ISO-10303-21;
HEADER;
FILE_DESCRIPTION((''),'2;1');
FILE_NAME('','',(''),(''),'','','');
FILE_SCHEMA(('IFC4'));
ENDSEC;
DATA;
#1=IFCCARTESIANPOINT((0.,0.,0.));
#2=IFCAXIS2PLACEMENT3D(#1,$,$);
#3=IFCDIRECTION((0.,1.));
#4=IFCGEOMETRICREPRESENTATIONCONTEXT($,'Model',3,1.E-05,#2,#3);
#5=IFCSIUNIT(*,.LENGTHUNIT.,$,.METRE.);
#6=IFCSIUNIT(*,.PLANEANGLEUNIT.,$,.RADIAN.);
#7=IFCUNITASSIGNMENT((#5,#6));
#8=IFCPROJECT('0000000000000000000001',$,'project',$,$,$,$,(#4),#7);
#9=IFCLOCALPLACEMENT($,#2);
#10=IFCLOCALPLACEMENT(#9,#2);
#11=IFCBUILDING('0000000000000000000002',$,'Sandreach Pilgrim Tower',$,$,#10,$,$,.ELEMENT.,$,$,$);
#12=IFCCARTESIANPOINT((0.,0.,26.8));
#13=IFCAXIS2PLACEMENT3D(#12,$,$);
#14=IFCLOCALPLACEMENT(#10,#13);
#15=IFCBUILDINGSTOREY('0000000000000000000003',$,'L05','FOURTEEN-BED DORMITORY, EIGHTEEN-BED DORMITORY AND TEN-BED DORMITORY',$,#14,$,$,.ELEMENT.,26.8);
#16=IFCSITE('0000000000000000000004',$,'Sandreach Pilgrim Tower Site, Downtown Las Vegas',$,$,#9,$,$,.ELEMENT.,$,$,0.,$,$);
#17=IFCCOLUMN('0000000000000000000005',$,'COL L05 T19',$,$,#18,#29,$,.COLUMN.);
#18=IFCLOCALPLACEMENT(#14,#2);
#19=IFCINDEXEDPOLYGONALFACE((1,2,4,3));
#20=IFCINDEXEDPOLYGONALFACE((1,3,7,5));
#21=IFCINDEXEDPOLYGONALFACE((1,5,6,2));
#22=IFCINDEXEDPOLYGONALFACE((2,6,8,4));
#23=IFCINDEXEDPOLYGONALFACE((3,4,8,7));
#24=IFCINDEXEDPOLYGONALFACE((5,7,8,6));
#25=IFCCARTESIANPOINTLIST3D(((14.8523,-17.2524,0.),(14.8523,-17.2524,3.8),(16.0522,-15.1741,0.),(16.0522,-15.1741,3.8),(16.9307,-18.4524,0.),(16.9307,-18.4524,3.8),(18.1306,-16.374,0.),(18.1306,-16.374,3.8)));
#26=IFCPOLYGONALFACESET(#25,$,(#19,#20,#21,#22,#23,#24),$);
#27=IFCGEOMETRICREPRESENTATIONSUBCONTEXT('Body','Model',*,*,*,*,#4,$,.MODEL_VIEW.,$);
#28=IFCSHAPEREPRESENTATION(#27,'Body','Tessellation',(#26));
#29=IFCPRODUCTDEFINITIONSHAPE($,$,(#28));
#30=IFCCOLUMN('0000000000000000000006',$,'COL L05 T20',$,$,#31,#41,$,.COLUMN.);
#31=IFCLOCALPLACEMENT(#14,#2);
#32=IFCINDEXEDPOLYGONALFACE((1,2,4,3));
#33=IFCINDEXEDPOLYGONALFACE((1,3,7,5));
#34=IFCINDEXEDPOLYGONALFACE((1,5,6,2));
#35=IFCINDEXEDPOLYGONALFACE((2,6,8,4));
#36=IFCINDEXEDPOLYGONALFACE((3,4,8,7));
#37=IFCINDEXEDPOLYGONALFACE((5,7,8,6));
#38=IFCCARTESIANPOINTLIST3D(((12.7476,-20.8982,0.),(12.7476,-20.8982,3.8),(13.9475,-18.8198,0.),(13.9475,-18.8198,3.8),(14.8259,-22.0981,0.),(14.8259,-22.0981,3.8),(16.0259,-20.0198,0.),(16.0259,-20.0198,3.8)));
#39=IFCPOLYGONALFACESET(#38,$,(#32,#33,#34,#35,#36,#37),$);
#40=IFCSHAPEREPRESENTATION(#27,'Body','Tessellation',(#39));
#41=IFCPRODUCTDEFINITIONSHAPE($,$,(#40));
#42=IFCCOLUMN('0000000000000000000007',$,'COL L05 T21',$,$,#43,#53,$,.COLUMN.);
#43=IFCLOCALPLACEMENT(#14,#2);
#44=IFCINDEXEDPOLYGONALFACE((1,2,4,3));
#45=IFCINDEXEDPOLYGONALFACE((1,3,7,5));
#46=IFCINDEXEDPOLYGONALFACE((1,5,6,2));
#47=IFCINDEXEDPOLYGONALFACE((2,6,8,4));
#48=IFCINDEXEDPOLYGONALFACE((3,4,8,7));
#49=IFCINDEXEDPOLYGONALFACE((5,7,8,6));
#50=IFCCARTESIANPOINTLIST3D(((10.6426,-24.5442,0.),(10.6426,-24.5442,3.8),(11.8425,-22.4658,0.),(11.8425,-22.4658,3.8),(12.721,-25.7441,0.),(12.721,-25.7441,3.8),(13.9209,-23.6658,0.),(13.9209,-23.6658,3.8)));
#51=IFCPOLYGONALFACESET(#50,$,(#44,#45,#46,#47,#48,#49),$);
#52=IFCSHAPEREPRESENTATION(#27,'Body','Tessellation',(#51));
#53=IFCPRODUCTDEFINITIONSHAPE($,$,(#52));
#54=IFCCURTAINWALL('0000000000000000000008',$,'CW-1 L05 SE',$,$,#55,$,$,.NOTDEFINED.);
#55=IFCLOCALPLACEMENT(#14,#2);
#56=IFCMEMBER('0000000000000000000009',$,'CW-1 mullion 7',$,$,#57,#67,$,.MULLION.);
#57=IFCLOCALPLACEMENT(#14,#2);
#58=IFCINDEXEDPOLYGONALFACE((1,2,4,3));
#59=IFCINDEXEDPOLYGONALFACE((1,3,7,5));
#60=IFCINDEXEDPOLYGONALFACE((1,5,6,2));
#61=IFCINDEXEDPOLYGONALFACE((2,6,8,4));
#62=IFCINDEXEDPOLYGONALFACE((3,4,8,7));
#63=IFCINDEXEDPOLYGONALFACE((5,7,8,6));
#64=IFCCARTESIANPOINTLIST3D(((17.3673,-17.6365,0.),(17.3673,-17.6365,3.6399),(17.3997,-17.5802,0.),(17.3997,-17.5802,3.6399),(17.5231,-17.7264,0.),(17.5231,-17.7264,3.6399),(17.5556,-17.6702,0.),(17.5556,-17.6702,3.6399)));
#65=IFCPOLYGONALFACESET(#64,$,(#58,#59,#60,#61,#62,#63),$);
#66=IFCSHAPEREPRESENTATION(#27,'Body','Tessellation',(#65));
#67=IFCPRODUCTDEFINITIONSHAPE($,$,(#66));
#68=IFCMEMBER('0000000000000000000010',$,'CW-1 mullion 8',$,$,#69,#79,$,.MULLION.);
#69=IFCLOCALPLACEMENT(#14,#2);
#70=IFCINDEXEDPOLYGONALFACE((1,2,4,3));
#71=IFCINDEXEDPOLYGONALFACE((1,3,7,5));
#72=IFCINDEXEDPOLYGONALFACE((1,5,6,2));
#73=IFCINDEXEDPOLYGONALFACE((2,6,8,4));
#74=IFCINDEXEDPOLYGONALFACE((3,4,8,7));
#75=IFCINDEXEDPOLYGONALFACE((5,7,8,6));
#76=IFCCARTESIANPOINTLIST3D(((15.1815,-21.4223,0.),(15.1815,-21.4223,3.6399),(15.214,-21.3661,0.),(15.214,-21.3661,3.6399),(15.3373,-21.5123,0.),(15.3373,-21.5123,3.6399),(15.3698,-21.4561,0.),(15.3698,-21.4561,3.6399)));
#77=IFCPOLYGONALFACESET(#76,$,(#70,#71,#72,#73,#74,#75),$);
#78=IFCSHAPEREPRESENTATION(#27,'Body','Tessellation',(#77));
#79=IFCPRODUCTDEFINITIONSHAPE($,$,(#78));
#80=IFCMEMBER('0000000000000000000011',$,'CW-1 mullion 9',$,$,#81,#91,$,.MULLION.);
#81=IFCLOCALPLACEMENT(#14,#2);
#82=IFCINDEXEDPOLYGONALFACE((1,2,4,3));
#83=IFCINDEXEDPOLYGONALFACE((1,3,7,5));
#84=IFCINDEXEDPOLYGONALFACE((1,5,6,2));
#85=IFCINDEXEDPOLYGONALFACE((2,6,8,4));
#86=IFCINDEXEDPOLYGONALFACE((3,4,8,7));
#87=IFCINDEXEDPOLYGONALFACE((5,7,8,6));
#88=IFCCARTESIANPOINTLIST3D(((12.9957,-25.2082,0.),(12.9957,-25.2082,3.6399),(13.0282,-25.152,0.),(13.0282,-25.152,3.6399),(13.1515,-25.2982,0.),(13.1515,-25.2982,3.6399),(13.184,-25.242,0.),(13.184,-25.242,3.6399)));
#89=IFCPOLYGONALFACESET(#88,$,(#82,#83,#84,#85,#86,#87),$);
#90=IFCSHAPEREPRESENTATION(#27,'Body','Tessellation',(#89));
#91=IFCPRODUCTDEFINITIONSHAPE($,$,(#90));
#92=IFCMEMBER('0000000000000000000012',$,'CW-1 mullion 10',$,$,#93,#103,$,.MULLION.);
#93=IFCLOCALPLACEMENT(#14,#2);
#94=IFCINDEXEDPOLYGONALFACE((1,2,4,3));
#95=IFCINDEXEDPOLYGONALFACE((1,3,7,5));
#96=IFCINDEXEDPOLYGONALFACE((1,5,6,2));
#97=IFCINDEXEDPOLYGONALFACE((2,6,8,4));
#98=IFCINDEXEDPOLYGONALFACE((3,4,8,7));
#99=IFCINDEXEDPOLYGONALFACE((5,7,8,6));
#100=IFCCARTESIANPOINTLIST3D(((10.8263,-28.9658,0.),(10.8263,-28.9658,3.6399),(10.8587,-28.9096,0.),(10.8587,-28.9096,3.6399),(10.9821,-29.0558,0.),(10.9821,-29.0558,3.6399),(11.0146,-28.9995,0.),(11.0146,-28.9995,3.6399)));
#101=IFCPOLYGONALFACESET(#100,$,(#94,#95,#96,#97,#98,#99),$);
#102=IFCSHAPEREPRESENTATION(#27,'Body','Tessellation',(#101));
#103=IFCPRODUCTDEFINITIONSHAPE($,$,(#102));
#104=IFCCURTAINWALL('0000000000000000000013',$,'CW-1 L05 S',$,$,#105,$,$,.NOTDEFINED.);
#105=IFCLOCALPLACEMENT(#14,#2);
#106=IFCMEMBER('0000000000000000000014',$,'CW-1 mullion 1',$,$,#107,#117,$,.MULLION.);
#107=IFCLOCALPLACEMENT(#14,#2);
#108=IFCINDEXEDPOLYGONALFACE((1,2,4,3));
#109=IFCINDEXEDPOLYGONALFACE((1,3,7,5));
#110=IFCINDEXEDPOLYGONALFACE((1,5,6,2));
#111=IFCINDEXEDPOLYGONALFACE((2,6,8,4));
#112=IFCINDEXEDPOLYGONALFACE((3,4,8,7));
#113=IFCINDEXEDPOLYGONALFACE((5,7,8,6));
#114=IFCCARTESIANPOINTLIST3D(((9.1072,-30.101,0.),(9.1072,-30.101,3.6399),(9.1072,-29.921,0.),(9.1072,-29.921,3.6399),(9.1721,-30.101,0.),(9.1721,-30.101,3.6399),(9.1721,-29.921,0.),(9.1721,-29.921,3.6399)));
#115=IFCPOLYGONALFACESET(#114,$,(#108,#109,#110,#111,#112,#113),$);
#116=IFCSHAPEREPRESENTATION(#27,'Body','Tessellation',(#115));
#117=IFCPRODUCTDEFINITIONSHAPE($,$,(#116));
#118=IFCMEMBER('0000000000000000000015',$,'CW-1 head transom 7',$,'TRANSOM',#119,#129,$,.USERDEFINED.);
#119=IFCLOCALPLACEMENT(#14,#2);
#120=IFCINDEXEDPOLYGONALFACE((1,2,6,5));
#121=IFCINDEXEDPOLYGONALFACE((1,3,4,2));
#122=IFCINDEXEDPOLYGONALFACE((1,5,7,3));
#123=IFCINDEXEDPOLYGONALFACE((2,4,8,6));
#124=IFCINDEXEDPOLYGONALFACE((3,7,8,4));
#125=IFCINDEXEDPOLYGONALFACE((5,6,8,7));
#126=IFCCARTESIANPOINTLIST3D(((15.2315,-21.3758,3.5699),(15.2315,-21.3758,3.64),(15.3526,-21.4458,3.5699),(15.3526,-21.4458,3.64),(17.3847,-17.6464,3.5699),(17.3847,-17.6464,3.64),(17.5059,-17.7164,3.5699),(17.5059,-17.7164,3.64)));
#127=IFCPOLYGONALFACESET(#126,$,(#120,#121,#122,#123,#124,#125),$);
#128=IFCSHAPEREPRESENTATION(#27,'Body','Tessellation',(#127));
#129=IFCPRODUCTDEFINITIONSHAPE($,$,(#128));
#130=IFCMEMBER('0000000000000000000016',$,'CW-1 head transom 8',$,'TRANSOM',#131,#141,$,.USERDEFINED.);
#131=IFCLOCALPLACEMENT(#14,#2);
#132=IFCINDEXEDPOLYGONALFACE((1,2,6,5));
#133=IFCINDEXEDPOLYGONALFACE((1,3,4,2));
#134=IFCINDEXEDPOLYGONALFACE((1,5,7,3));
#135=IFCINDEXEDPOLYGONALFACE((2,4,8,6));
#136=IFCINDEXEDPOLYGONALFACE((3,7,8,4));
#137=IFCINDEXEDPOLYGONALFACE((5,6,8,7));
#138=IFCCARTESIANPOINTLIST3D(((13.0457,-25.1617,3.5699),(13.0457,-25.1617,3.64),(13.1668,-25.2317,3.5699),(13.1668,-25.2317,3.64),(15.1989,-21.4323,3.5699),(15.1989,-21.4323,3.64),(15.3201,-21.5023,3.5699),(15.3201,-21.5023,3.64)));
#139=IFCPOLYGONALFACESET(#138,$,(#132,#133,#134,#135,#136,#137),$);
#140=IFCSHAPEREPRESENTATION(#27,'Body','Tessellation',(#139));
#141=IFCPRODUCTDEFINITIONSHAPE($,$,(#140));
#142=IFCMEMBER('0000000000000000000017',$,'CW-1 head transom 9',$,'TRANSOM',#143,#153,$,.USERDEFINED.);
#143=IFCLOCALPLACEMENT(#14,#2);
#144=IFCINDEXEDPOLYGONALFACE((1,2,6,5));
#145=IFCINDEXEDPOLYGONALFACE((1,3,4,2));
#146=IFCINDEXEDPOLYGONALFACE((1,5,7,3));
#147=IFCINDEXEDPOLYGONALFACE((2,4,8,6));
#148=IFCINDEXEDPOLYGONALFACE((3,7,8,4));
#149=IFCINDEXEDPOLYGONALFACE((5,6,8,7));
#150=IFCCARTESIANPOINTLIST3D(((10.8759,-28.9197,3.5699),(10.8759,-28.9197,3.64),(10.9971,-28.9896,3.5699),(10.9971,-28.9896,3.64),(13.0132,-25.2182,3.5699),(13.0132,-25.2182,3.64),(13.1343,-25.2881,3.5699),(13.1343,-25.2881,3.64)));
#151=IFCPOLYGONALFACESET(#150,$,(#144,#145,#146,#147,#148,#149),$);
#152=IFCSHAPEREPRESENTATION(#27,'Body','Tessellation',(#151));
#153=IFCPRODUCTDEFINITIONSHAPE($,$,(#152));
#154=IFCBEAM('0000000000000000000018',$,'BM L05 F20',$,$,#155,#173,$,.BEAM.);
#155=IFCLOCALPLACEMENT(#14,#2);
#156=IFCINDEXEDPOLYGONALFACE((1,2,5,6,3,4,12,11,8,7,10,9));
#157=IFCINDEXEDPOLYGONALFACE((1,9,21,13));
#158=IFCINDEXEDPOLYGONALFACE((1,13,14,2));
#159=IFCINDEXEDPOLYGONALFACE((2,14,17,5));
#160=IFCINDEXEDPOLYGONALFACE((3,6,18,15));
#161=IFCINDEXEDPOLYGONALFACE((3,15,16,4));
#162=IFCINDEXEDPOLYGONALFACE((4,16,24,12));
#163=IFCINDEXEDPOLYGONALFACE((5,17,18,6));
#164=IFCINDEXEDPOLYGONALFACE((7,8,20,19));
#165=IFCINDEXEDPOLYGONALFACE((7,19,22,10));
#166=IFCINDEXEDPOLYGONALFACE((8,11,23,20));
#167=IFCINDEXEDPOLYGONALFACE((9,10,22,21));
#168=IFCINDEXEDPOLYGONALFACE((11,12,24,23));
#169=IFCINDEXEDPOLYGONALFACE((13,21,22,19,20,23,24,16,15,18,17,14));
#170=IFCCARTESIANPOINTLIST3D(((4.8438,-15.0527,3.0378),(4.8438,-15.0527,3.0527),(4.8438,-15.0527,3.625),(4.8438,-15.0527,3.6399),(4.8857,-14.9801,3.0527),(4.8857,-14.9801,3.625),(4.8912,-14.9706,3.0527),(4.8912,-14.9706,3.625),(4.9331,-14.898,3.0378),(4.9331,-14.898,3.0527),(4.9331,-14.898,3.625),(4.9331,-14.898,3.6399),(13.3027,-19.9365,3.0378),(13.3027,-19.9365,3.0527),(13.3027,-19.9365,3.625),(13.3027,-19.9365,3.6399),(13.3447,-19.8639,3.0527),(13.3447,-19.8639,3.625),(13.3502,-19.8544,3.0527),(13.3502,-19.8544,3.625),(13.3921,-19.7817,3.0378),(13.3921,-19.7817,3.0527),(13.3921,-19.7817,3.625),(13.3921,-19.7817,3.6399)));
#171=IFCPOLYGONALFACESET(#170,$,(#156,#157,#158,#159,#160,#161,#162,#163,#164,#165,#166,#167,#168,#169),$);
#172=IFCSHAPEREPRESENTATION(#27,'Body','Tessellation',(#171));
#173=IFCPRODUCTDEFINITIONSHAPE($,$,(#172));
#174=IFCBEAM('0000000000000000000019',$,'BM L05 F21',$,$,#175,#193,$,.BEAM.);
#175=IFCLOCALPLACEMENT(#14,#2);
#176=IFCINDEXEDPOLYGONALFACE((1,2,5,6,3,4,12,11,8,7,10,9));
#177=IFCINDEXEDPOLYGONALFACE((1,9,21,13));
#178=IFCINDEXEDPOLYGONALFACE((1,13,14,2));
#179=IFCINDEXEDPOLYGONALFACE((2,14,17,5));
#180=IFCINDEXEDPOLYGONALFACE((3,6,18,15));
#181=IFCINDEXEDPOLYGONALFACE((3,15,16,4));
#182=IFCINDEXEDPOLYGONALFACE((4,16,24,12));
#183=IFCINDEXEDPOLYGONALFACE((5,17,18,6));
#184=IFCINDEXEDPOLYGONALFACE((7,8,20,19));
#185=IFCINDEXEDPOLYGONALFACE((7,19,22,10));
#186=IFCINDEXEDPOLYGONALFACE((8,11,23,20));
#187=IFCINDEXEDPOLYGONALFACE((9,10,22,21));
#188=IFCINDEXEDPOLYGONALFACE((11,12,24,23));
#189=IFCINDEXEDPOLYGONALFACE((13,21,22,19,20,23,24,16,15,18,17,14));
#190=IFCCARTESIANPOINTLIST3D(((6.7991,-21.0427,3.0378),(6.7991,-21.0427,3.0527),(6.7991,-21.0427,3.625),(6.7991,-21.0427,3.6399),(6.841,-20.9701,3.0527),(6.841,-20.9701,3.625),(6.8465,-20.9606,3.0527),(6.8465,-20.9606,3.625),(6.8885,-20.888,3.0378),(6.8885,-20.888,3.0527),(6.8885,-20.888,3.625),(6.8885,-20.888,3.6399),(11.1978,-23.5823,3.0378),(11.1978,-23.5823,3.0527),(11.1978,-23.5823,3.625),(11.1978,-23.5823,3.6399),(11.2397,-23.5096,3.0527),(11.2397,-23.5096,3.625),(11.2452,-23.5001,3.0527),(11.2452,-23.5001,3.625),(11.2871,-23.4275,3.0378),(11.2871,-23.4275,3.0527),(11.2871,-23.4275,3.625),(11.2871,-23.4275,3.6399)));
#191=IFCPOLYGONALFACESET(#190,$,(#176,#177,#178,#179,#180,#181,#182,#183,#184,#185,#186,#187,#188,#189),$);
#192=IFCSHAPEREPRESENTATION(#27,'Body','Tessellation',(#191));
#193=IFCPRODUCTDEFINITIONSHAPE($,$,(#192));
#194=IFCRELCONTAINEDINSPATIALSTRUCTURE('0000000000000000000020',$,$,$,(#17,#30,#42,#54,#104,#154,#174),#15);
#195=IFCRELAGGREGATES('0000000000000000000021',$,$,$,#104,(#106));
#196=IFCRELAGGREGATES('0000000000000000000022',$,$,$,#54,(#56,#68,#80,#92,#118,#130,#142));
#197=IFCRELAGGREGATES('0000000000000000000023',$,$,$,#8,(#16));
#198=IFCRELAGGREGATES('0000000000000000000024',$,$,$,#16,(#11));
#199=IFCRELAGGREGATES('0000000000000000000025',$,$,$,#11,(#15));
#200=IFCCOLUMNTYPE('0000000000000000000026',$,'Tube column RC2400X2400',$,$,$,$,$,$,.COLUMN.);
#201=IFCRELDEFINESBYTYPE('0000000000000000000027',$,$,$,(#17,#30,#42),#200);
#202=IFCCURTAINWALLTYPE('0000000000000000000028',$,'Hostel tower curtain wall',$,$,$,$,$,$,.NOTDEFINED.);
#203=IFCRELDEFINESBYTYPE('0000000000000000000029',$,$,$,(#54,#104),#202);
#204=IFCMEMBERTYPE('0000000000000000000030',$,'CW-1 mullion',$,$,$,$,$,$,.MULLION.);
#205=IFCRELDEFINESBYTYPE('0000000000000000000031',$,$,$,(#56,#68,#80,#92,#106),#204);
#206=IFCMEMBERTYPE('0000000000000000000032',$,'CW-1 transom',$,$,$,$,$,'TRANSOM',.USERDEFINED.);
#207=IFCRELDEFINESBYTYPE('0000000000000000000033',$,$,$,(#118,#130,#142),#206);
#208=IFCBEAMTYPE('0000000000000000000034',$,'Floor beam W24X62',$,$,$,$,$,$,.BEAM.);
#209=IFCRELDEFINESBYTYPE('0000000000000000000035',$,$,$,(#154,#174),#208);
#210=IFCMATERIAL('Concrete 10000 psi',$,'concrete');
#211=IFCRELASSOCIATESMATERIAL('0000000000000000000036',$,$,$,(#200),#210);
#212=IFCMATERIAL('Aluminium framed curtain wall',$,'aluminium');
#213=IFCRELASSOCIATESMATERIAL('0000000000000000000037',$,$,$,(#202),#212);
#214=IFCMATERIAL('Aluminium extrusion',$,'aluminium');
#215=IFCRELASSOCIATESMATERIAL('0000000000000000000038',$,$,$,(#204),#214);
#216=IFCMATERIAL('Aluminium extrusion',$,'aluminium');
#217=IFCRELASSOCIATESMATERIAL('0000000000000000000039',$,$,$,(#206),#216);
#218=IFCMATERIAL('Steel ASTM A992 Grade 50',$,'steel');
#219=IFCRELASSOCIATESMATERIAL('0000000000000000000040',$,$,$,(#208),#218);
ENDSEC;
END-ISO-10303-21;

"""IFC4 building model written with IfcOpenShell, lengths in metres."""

from ifc_helpers import new_model, si_unit, direction, frame, origin, origin_2d, place, context, subcontext, project, spatial, rectangle, i_section, extrude, material, material_profile, profile_set, type_object, element, aggregate, save


model = new_model("IFC4")

# Units and contexts
model_context = context("Model", 3, precision=1e-05, world=origin(), true_north=direction((0.0, 1.0)))
body_context = subcontext(model_context, "Body", "Model", "MODEL_VIEW")
ifc_project = project(units=[si_unit("LENGTHUNIT", "METRE"), si_unit("PLANEANGLEUNIT", "RADIAN")], contexts=[model_context])

# Site, building, storey
site_placement = place(None, origin())
site = spatial("IfcSite", under=ifc_project, at=site_placement, Name="Sandreach Pilgrim Tower Site, Downtown Las Vegas", CompositionType="ELEMENT", RefElevation=0.0)
building_placement = place(site_placement, origin())
building = spatial("IfcBuilding", under=site, at=building_placement, Name="Sandreach Pilgrim Tower", CompositionType="ELEMENT")
storey_placement = place(building_placement, frame((0.0, 0.0, 26.8)))
storey = spatial("IfcBuildingStorey", under=building, at=storey_placement, Name="L05", Description="FOURTEEN-BED DORMITORY, EIGHTEEN-BED DORMITORY AND TEN-BED DORMITORY", CompositionType="ELEMENT", Elevation=26.8)

# Columns
ifc_material_1 = material(Name="Concrete 10000 psi", Category="concrete")
ifc_material_profile_1 = material_profile(ifc_material_1, rectangle(XDim=2.3999, YDim=2.3999, at=origin_2d()), Name="RC2400X2400")
ifc_profile_set_1 = profile_set([ifc_material_profile_1], Name="Concrete 10000 psi")
column_type = type_object("IfcColumnType", Name="Tube column RC2400X2400", PredefinedType="COLUMN", material=ifc_profile_set_1)
for number, where, z_axis, x_axis, name in (
    (1, (16.4915, -16.8132, 0.0), (0.0, 0.0, 1.0), (0.866025, -0.5, 0.0), "COL L05 T19"),
    (2, (14.3867, -20.459, 0.0), (0.0, 0.0, 1.0), (0.866025, -0.5, 0.0), "COL L05 T20"),
    (3, (12.2817, -24.105, 0.0), (0.0, 0.0, 1.0), (0.866025, -0.5, 0.0), "COL L05 T21"),
):
    element("IfcColumn", number, at=place(storey_placement, frame(where, z_axis=z_axis, x_axis=x_axis)), inside=storey, type_object=column_type, Name=name, PredefinedType="COLUMN", context=body_context, shape_type="SweptSolid", body=[
        extrude(rectangle(XDim=2.3999, YDim=2.3999, at=origin_2d()), origin(), (0.0, 0.0, 1.0), 3.8),
    ])

# Curtain wall, members
ifc_material_2 = material(Name="Aluminium framed curtain wall", Category="aluminium")
curtain_wall_type = type_object("IfcCurtainWallType", Name="Hostel tower curtain wall", PredefinedType="NOTDEFINED", material=ifc_material_2)
curtain_wall_1_placement = place(storey_placement, origin())
curtain_wall_1 = element("IfcCurtainWall", 4, at=curtain_wall_1_placement, inside=storey, type_object=curtain_wall_type, Name="CW-1 L05 SE", PredefinedType="NOTDEFINED")
ifc_material_3 = material(Name="Aluminium extrusion", Category="aluminium")
ifc_material_profile_2 = material_profile(ifc_material_3, rectangle(XDim=0.0649, YDim=0.1799, at=origin_2d()), Name="CW-1M 65X180")
ifc_profile_set_2 = profile_set([ifc_material_profile_2], Name="Aluminium extrusion")
member_type_1 = type_object("IfcMemberType", Name="CW-1 mullion", PredefinedType="MULLION", material=ifc_profile_set_2)
member_1_placement = place(storey_placement, frame((17.4614, -17.6533, 0.0), z_axis=(0.0, 0.0, 1.0), x_axis=(-0.5, -0.866025, 0.0)))
member_1 = element("IfcMember", 5, at=member_1_placement, type_object=member_type_1, Name="CW-1 mullion 7", PredefinedType="MULLION", context=body_context, shape_type="SweptSolid", body=[
    extrude(rectangle(XDim=0.0649, YDim=0.1799, at=origin_2d()), origin(), (0.0, 0.0, 1.0), 3.6399),
])
member_2_placement = place(storey_placement, frame((15.2756, -21.4392, 0.0), z_axis=(0.0, 0.0, 1.0), x_axis=(-0.5, -0.866025, 0.0)))
member_2 = element("IfcMember", 6, at=member_2_placement, type_object=member_type_1, Name="CW-1 mullion 8", PredefinedType="MULLION", context=body_context, shape_type="SweptSolid", body=[
    extrude(rectangle(XDim=0.0649, YDim=0.1799, at=origin_2d()), origin(), (0.0, 0.0, 1.0), 3.6399),
])
member_3_placement = place(storey_placement, frame((13.0898, -25.2251, 0.0), z_axis=(0.0, 0.0, 1.0), x_axis=(-0.5, -0.866025, 0.0)))
member_3 = element("IfcMember", 7, at=member_3_placement, type_object=member_type_1, Name="CW-1 mullion 9", PredefinedType="MULLION", context=body_context, shape_type="SweptSolid", body=[
    extrude(rectangle(XDim=0.0649, YDim=0.1799, at=origin_2d()), origin(), (0.0, 0.0, 1.0), 3.6399),
])
member_4_placement = place(storey_placement, frame((10.9204, -28.9827, 0.0), z_axis=(0.0, 0.0, 1.0), x_axis=(-0.5, -0.866025, 0.0)))
member_4 = element("IfcMember", 8, at=member_4_placement, type_object=member_type_1, Name="CW-1 mullion 10", PredefinedType="MULLION", context=body_context, shape_type="SweptSolid", body=[
    extrude(rectangle(XDim=0.0649, YDim=0.1799, at=origin_2d()), origin(), (0.0, 0.0, 1.0), 3.6399),
])

# Curtain wall, member
curtain_wall_2_placement = place(storey_placement, origin())
curtain_wall_2 = element("IfcCurtainWall", 9, at=curtain_wall_2_placement, inside=storey, type_object=curtain_wall_type, Name="CW-1 L05 S", PredefinedType="NOTDEFINED")
member_5_placement = place(storey_placement, frame((9.1396, -30.011, 0.0), z_axis=(0.0, 0.0, 1.0), x_axis=(-1.0, 0.0, 0.0)))
member_5 = element("IfcMember", 10, at=member_5_placement, type_object=member_type_1, Name="CW-1 mullion 1", PredefinedType="MULLION", context=body_context, shape_type="SweptSolid", body=[
    extrude(rectangle(XDim=0.0649, YDim=0.1799, at=origin_2d()), origin(), (0.0, 0.0, 1.0), 3.6399),
])
aggregate(curtain_wall_2, [member_5])

# Members
ifc_material_4 = material(Name="Aluminium extrusion", Category="aluminium")
ifc_material_profile_3 = material_profile(ifc_material_4, rectangle(XDim=0.1399, YDim=0.0701, at=origin_2d()), Name="CW-1T 140X70")
ifc_profile_set_3 = profile_set([ifc_material_profile_3], Name="Aluminium extrusion")
member_type_2 = type_object("IfcMemberType", Name="CW-1 transom", ElementType="TRANSOM", PredefinedType="USERDEFINED", material=ifc_profile_set_3)
member_6_placement = place(storey_placement, frame((17.4453, -17.6814, 3.605), z_axis=(-0.500017, -0.866016, 0.0), x_axis=(0.866016, -0.500017, 0.0)))
member_6 = element("IfcMember", 11, at=member_6_placement, type_object=member_type_2, Name="CW-1 head transom 7", ObjectType="TRANSOM", PredefinedType="USERDEFINED", context=body_context, shape_type="SweptSolid", body=[
    extrude(rectangle(XDim=0.1399, YDim=0.0701, at=origin_2d()), origin(), (0.0, 0.0, 1.0), 4.3064),
])
member_7_placement = place(storey_placement, frame((15.2595, -21.4673, 3.605), z_axis=(-0.500017, -0.866016, 0.0), x_axis=(0.866016, -0.500017, 0.0)))
member_7 = element("IfcMember", 12, at=member_7_placement, type_object=member_type_2, Name="CW-1 head transom 8", ObjectType="TRANSOM", PredefinedType="USERDEFINED", context=body_context, shape_type="SweptSolid", body=[
    extrude(rectangle(XDim=0.1399, YDim=0.0701, at=origin_2d()), origin(), (0.0, 0.0, 1.0), 4.3064),
])
member_8_placement = place(storey_placement, frame((13.0737, -25.2532, 3.605), z_axis=(-0.500034, -0.866006, 0.0), x_axis=(0.866006, -0.500034, 0.0)))
member_8 = element("IfcMember", 13, at=member_8_placement, type_object=member_type_2, Name="CW-1 head transom 9", ObjectType="TRANSOM", PredefinedType="USERDEFINED", context=body_context, shape_type="SweptSolid", body=[
    extrude(rectangle(XDim=0.1399, YDim=0.0701, at=origin_2d()), origin(), (0.0, 0.0, 1.0), 4.2742),
])

# Beams
ifc_material_5 = material(Name="Steel ASTM A992 Grade 50", Category="steel")
ifc_material_profile_4 = material_profile(ifc_material_5, i_section(OverallWidth=0.1787, OverallDepth=0.6021, WebThickness=0.011, FlangeThickness=0.0149, at=origin_2d()), Name="W24X62")
ifc_profile_set_4 = profile_set([ifc_material_profile_4], Name="Steel ASTM A992 Grade 50")
beam_type_1 = type_object("IfcBeamType", Name="Floor beam W24X62", PredefinedType="BEAM", material=ifc_profile_set_4)
beam_1_placement = place(storey_placement, frame((13.3474, -19.8591, 3.3389), z_axis=(-0.866026, 0.499999, 0.0), x_axis=(-0.499999, -0.866026, 0.0)))
element("IfcBeam", 14, at=beam_1_placement, inside=storey, type_object=beam_type_1, Name="BM L05 F20", PredefinedType="BEAM", context=body_context, shape_type="SweptSolid", body=[
    extrude(i_section(OverallWidth=0.1787, OverallDepth=0.6021, WebThickness=0.011, FlangeThickness=0.0149, at=origin_2d()), origin(), (0.0, 0.0, 1.0), 9.7676),
])
beam_2_placement = place(storey_placement, frame((11.2424, -23.5049, 3.3389), z_axis=(-0.866028, 0.499996, 0.0), x_axis=(-0.499996, -0.866028, 0.0)))
element("IfcBeam", 15, at=beam_2_placement, inside=storey, type_object=beam_type_1, Name="BM L05 F21", PredefinedType="BEAM", context=body_context, shape_type="SweptSolid", body=[
    extrude(i_section(OverallWidth=0.1787, OverallDepth=0.6021, WebThickness=0.011, FlangeThickness=0.0149, at=origin_2d()), origin(), (0.0, 0.0, 1.0), 5.0791),
])

aggregate(curtain_wall_1, [member_1, member_2, member_3, member_4, member_6, member_7, member_8])

save(model, "model.ifc")
